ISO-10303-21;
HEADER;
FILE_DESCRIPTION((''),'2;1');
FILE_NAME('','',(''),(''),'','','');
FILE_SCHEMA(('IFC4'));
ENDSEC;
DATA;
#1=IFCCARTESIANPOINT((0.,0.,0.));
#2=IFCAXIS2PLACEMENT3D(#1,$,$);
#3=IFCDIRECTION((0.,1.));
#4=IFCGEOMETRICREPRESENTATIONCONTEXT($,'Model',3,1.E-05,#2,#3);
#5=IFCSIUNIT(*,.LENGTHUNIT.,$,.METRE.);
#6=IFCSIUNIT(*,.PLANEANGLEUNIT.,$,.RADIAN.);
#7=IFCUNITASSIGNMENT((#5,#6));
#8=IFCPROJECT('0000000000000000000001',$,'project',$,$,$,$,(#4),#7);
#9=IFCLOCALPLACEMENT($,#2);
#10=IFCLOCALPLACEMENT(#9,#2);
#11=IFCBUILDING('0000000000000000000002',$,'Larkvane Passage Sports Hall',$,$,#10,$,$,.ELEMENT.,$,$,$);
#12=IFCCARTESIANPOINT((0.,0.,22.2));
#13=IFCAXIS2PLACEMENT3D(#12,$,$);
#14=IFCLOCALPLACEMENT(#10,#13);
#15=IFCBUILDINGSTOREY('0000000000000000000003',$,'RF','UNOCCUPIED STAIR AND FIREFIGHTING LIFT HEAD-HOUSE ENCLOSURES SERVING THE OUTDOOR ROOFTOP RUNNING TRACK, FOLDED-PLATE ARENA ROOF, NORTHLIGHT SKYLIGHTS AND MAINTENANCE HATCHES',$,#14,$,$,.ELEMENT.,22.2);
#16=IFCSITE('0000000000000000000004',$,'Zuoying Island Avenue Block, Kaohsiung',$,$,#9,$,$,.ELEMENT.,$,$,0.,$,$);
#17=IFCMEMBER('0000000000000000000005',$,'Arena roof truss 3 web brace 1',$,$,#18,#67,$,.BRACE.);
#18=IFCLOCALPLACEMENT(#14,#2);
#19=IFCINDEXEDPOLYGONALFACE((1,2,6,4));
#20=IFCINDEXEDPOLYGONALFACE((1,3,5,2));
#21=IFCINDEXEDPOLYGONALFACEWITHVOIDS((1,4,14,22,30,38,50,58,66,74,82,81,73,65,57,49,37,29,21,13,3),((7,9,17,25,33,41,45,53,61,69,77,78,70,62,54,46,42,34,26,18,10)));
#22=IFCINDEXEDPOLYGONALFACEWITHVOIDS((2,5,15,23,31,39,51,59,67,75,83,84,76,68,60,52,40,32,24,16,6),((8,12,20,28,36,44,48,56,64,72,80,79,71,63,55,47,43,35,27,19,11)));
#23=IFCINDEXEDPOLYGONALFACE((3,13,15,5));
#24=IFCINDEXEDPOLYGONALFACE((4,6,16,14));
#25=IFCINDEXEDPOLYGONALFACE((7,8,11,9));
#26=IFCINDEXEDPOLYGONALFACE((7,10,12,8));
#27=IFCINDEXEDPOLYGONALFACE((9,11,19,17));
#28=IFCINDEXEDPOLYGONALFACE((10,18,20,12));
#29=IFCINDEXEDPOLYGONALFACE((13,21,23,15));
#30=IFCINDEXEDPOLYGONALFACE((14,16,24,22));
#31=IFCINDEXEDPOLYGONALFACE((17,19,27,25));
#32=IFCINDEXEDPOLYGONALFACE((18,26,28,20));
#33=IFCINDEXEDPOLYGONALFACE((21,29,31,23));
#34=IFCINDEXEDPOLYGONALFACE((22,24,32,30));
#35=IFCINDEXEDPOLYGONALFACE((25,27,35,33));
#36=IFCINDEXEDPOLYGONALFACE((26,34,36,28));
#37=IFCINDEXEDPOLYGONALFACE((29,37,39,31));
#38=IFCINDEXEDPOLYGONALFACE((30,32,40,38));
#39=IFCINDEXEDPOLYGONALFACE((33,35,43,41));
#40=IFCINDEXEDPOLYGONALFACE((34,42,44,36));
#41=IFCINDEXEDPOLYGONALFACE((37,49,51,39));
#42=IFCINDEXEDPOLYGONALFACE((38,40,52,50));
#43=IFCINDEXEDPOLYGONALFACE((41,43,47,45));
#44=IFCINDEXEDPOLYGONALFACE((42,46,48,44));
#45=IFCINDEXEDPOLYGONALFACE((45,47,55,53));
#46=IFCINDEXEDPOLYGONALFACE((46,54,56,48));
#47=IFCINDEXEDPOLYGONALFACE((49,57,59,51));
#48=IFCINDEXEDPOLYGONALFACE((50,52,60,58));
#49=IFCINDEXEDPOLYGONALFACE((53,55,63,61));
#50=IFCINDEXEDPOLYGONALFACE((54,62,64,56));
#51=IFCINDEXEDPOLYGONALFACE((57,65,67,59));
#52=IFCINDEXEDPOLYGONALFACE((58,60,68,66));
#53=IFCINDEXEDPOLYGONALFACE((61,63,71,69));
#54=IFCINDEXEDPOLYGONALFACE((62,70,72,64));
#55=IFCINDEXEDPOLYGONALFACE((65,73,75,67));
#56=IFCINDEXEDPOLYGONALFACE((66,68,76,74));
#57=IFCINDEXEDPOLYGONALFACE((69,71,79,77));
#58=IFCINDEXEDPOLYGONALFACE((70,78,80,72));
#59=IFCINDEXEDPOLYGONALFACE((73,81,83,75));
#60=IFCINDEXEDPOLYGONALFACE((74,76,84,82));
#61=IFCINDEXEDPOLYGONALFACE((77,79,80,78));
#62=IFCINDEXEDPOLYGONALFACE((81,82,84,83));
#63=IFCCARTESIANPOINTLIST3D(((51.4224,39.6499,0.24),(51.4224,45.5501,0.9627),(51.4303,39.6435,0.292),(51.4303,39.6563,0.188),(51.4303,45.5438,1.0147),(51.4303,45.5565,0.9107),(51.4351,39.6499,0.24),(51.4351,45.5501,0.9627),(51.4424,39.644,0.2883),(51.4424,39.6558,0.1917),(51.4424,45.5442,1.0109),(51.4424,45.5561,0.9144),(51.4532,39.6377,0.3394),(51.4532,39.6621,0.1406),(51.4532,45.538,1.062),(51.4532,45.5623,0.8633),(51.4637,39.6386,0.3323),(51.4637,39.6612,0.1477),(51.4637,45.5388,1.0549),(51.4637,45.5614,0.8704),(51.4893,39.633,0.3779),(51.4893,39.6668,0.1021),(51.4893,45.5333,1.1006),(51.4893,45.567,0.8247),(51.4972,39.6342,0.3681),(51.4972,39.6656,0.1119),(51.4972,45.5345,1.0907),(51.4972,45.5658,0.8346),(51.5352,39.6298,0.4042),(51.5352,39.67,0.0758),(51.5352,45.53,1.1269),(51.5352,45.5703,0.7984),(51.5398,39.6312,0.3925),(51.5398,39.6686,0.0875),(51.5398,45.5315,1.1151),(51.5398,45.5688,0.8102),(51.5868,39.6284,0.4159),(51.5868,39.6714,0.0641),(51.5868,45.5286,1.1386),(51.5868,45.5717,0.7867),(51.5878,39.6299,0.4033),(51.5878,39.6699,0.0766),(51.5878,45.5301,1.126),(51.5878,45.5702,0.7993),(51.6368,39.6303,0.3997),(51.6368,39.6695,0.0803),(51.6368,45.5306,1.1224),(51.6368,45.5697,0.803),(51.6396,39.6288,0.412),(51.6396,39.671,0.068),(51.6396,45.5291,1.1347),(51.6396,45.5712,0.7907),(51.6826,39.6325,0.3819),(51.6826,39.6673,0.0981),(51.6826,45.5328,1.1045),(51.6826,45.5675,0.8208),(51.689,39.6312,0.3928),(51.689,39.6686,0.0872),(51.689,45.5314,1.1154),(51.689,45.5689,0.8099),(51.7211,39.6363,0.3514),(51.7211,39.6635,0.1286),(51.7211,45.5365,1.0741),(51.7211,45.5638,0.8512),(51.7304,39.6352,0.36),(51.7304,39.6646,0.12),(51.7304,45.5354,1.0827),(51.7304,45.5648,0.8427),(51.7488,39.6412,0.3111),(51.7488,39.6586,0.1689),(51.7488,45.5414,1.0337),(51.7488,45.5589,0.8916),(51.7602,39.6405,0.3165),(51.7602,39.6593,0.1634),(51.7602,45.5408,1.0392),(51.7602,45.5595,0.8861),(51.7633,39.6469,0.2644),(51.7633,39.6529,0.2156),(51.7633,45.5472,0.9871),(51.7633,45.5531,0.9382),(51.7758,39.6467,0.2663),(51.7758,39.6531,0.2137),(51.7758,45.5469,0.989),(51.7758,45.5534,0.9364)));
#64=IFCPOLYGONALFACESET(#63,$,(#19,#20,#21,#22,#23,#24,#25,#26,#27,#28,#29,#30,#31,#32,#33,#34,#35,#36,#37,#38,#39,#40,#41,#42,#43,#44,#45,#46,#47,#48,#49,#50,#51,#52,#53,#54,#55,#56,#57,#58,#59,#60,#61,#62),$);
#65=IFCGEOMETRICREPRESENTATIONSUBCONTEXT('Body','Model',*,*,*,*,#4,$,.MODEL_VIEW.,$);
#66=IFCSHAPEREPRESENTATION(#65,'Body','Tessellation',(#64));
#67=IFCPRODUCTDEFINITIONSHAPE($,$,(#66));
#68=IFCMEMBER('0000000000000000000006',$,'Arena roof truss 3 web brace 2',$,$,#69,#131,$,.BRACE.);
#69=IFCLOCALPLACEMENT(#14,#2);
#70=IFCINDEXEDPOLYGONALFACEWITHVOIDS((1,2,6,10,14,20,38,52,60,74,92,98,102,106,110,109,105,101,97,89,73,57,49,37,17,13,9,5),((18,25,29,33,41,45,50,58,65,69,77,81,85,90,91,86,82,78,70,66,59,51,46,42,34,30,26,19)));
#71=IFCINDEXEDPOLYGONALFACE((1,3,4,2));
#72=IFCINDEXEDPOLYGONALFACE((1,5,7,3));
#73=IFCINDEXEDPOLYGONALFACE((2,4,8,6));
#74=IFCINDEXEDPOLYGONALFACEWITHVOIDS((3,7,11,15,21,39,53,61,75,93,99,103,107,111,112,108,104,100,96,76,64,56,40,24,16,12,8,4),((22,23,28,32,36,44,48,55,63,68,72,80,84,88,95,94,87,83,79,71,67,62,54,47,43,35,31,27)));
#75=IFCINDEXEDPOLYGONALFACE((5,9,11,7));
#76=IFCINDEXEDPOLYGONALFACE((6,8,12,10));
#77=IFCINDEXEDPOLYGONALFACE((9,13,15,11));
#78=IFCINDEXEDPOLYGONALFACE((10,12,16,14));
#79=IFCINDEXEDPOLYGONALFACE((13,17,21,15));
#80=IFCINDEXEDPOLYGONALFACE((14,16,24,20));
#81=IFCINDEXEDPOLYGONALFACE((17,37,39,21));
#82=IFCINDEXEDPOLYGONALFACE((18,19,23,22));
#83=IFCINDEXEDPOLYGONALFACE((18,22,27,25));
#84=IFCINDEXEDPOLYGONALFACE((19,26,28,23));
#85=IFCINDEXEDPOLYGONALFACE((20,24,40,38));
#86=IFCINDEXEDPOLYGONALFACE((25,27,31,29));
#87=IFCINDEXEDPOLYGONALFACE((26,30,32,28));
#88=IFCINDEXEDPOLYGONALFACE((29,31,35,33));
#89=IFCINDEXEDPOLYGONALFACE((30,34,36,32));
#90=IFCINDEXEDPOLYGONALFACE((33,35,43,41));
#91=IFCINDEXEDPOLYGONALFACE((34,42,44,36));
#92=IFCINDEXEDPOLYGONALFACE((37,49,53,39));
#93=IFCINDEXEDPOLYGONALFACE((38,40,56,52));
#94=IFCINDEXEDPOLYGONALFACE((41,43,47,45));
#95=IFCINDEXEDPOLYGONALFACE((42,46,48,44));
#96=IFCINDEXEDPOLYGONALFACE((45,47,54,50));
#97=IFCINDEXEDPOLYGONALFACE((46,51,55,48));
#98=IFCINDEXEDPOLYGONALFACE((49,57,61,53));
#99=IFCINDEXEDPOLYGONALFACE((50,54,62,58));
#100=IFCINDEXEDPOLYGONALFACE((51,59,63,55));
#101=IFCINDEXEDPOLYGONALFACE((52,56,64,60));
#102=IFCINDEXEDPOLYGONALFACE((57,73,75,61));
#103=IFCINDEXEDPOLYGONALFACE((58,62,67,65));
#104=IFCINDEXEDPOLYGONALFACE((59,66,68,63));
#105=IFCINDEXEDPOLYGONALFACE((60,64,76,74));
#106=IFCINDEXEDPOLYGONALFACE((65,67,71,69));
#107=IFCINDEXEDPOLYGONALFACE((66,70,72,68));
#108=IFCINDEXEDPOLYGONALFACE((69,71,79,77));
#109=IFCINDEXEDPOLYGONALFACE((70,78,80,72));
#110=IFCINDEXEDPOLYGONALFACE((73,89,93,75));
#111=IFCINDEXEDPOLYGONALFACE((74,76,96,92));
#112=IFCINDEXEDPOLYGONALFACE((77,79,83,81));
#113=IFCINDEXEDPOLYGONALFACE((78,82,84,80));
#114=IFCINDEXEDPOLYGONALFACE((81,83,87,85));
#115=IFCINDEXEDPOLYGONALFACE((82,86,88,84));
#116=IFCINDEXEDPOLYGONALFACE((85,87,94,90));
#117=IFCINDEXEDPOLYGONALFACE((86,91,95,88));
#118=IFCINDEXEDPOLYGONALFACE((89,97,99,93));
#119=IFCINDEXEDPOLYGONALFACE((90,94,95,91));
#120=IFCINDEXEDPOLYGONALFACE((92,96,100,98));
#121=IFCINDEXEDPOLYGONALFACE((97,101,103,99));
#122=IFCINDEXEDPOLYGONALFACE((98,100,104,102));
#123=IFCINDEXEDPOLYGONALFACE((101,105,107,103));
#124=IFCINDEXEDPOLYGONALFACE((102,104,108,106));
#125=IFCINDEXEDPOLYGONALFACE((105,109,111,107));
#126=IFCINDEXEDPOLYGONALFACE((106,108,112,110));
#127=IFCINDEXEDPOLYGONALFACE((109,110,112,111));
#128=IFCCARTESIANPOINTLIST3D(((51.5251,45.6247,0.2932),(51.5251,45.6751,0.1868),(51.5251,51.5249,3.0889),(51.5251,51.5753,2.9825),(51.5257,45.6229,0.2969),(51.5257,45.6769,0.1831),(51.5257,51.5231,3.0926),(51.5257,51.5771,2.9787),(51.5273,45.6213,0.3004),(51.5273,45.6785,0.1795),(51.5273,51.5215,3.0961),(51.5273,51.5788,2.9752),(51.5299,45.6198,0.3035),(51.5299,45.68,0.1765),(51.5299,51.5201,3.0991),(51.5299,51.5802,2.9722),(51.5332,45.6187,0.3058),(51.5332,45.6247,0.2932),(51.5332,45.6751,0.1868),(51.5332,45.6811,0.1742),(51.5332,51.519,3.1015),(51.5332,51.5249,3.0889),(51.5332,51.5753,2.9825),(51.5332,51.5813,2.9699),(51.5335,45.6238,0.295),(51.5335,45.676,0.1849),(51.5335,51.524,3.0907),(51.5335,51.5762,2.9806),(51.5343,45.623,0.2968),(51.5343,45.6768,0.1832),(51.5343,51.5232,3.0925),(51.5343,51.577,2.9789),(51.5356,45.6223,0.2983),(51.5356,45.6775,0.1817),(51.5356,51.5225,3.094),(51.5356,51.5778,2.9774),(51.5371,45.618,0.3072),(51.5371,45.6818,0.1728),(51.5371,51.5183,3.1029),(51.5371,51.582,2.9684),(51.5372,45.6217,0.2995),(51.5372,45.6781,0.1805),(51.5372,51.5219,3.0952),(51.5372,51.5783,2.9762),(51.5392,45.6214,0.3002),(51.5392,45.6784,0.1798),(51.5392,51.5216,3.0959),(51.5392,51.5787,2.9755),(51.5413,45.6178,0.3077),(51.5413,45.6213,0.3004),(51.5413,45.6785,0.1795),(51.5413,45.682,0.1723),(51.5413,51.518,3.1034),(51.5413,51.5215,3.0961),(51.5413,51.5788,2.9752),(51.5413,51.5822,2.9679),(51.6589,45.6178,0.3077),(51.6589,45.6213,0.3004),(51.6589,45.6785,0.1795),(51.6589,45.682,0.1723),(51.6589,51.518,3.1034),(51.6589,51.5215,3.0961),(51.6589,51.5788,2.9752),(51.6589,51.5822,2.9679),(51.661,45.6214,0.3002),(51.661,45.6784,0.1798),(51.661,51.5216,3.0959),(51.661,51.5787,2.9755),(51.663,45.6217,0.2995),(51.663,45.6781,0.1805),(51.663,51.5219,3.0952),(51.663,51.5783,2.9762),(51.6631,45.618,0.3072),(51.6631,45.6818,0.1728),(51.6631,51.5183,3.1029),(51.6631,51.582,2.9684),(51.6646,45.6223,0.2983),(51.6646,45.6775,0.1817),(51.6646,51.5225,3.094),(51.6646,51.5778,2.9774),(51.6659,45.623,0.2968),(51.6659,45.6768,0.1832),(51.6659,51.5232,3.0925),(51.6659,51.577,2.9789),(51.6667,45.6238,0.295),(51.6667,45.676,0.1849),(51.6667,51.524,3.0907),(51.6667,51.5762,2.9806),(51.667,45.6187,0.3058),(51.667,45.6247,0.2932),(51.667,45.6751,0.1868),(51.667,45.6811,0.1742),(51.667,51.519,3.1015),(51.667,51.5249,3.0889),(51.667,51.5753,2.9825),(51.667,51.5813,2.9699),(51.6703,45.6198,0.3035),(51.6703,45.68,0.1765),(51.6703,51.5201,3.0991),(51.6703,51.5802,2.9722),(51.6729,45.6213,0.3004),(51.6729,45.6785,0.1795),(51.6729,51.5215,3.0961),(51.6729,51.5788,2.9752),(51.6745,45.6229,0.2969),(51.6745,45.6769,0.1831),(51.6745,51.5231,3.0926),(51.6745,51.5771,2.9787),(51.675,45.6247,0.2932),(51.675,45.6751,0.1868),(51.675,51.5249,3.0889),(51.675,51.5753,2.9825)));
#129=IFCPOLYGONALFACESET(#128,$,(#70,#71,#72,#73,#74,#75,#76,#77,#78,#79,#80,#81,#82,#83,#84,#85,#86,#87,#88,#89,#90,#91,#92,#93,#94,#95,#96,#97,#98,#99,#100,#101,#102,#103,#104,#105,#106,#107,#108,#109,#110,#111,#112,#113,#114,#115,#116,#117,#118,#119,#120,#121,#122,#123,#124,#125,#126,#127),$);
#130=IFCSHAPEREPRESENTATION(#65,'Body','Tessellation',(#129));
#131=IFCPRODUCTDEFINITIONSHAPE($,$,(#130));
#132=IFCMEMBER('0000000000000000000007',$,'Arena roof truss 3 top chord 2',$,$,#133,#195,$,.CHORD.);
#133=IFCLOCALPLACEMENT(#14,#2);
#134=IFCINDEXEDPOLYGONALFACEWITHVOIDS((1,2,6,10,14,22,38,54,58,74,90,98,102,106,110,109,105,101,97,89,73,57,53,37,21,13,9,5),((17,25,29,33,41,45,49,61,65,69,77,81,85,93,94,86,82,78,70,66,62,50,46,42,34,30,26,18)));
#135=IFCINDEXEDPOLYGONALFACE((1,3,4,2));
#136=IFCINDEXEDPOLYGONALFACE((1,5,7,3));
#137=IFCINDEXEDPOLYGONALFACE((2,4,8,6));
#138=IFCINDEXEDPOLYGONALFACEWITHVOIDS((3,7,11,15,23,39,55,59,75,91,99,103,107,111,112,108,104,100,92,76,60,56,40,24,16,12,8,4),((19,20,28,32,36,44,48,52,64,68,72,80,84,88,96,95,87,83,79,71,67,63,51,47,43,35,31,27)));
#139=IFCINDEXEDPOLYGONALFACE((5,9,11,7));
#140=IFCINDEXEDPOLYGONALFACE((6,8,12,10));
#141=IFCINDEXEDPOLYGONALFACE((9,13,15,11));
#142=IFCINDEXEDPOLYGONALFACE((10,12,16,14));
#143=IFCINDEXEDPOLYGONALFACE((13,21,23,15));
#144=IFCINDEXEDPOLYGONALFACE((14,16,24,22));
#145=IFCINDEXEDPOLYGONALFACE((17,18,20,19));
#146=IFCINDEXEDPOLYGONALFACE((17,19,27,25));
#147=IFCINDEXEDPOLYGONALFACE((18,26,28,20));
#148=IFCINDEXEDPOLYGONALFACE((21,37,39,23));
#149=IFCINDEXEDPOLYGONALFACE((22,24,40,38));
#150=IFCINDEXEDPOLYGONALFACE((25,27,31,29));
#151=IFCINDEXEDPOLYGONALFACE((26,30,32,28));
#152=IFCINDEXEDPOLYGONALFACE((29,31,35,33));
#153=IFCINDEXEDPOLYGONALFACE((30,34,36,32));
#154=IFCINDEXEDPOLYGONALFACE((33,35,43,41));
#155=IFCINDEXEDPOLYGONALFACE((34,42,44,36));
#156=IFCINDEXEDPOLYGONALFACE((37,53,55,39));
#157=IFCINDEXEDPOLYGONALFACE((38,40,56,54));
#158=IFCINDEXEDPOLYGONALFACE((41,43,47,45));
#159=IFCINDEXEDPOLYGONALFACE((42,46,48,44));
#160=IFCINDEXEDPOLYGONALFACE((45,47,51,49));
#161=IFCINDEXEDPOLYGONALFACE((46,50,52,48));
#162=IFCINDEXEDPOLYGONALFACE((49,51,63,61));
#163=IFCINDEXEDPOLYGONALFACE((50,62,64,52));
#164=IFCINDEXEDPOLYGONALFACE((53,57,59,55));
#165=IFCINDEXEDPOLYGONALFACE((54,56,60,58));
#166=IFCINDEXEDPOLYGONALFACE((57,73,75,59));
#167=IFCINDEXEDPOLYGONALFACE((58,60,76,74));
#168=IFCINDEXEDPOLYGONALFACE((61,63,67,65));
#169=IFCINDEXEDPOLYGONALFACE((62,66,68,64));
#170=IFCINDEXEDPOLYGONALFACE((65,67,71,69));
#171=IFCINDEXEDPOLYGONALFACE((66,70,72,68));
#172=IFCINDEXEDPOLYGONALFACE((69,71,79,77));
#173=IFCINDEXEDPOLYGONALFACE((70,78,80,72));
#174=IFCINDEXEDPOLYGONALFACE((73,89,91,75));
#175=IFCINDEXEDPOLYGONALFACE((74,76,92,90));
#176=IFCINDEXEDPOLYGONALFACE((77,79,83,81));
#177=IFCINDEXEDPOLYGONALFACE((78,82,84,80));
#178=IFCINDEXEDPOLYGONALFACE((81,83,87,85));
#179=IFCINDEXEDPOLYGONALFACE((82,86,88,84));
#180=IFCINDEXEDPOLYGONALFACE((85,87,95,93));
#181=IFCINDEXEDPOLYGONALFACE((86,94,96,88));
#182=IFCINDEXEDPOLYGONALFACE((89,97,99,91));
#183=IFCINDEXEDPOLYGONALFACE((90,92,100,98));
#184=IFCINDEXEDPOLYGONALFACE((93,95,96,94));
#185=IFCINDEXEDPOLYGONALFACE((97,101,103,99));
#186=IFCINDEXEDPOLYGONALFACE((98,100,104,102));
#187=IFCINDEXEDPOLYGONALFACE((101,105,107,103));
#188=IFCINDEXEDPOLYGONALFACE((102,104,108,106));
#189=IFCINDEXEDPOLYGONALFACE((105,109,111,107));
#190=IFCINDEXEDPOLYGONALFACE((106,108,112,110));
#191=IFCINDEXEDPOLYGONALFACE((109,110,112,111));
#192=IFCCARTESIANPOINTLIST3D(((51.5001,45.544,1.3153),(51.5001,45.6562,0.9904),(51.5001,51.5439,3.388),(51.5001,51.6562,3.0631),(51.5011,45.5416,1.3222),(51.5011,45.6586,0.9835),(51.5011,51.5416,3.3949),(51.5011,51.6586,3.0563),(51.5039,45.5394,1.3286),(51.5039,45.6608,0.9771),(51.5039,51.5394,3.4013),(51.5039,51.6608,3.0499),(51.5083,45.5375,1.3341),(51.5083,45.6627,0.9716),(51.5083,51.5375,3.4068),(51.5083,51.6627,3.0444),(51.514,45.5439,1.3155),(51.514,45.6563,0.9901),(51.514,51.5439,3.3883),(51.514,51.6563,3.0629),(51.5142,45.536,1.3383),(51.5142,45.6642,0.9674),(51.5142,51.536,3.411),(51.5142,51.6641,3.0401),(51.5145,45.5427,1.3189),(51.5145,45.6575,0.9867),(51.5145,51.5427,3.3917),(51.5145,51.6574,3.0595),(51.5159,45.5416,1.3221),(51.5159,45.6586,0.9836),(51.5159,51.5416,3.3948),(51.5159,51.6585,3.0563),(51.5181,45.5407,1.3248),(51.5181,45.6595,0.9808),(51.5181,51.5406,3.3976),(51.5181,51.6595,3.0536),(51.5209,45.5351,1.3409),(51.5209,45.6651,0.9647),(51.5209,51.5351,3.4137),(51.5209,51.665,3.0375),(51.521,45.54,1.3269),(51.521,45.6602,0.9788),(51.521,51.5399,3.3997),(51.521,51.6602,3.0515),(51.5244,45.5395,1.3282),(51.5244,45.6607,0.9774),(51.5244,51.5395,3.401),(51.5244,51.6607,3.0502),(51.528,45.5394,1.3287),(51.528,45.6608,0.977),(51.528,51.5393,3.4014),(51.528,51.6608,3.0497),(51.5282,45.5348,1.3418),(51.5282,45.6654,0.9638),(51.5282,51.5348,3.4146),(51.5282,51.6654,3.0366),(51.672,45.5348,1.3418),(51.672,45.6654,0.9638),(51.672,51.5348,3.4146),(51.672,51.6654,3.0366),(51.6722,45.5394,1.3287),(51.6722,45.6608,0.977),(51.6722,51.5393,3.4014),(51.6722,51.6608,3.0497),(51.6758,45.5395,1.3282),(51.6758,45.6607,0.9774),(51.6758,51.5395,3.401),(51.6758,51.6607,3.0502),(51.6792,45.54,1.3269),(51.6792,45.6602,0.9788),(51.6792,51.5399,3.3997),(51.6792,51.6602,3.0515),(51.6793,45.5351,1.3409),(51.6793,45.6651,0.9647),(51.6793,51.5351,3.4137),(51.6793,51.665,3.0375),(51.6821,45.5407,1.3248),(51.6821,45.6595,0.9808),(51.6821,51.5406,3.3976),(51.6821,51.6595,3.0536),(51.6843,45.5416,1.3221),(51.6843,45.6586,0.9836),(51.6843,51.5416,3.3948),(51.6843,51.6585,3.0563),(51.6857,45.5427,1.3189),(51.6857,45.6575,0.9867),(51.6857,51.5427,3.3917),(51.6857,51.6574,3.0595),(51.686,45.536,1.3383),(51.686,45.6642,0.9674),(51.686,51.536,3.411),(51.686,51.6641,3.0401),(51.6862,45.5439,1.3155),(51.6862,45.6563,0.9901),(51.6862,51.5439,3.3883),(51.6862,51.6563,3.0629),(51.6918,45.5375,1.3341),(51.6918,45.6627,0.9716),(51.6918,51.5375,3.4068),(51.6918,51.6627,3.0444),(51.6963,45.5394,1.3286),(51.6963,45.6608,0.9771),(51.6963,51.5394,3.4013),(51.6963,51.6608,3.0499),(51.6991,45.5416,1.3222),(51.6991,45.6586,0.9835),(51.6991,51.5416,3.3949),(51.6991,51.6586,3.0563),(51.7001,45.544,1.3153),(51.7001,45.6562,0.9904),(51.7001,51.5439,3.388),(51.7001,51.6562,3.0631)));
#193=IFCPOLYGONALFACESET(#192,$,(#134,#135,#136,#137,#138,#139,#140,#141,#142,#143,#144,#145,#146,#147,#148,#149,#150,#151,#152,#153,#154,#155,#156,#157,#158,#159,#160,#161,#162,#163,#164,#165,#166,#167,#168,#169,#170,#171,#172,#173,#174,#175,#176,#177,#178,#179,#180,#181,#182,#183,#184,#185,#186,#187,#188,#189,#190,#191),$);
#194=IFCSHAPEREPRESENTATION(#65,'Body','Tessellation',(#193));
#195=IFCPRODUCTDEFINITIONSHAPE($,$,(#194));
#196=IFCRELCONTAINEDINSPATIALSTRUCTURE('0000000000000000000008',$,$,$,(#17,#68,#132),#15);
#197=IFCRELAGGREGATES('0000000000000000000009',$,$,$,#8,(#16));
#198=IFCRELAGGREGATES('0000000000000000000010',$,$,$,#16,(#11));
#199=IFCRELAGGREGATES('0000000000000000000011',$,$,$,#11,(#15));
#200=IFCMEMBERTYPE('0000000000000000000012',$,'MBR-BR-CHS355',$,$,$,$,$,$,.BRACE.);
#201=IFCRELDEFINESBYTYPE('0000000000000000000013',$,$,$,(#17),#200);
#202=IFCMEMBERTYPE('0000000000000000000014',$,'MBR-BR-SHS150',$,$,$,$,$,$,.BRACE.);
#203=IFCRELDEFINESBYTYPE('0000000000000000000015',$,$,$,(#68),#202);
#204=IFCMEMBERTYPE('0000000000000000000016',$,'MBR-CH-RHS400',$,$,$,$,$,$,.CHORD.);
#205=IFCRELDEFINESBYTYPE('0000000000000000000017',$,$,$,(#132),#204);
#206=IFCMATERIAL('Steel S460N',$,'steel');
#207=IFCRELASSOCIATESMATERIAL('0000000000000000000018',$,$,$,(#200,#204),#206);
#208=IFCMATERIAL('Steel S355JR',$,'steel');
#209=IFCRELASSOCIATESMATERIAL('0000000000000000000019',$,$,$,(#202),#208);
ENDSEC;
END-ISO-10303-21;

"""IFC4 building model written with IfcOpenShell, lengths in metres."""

from ifc_helpers import new_model, si_unit, direction, frame, origin, origin_2d, place, context, subcontext, project, spatial, hollow_rectangle, hollow_circle, extrude, material, material_profile, profile_set, type_object, element, save


model = new_model("IFC4")

# Units and contexts
model_context = context("Model", 3, precision=1e-05, world=origin(), true_north=direction((0.0, 1.0)))
body_context = subcontext(model_context, "Body", "Model", "MODEL_VIEW")
ifc_project = project(units=[si_unit("LENGTHUNIT", "METRE"), si_unit("PLANEANGLEUNIT", "RADIAN")], contexts=[model_context])

# Site, building, storey
site_placement = place(None, origin())
site = spatial("IfcSite", under=ifc_project, at=site_placement, Name="Zuoying Island Avenue Block, Kaohsiung", CompositionType="ELEMENT", RefElevation=0.0)
building_placement = place(site_placement, origin())
building = spatial("IfcBuilding", under=site, at=building_placement, Name="Larkvane Passage Sports Hall", CompositionType="ELEMENT")
storey_placement = place(building_placement, frame((0.0, 0.0, 22.2)))
storey = spatial("IfcBuildingStorey", under=building, at=storey_placement, Name="RF", Description="UNOCCUPIED STAIR AND FIREFIGHTING LIFT HEAD-HOUSE ENCLOSURES SERVING THE OUTDOOR ROOFTOP RUNNING TRACK, FOLDED-PLATE ARENA ROOF, NORTHLIGHT SKYLIGHTS AND MAINTENANCE HATCHES", CompositionType="ELEMENT", Elevation=22.2)

# Members
ifc_material_1 = material(Name="Steel S460N", Category="steel")
ifc_material_profile_1 = material_profile(ifc_material_1, hollow_circle(Radius=0.1777, WallThickness=0.0127, at=origin_2d()), Name="CHS-355.6x12.7")
ifc_profile_set_1 = profile_set([ifc_material_profile_1], Name="Steel S460N")
member_type_1 = type_object("IfcMemberType", Name="MBR-BR-CHS355", PredefinedType="BRACE", material=ifc_profile_set_1)
member_1_placement = place(storey_placement, frame((51.6001, 39.6499, 0.24), z_axis=(0.0, 0.992583, 0.121573), x_axis=(-1.0, 0.0, 0.0)))
element("IfcMember", 1, at=member_1_placement, inside=storey, type_object=member_type_1, Name="Arena roof truss 3 web brace 1", PredefinedType="BRACE", context=body_context, shape_type="SweptSolid", body=[
    extrude(hollow_circle(Radius=0.1777, WallThickness=0.0127, at=origin_2d()), origin(), (0.0, 0.0, 1.0), 5.9443),
])
ifc_material_2 = material(Name="Steel S355JR", Category="steel")
ifc_material_profile_2 = material_profile(ifc_material_2, hollow_rectangle(XDim=0.1499, YDim=0.1499, WallThickness=0.0081, InnerFilletRadius=0.0081, OuterFilletRadius=0.0161, at=origin_2d()), Name="SHS-150x150x8")
ifc_profile_set_2 = profile_set([ifc_material_profile_2], Name="Steel S355JR")
member_type_2 = type_object("IfcMemberType", Name="MBR-BR-SHS150", PredefinedType="BRACE", material=ifc_profile_set_2)
member_2_placement = place(storey_placement, frame((51.6001, 45.6499, 0.24), z_axis=(0.0, 0.903688, 0.428192), x_axis=(-1.0, 0.0, 0.0)))
element("IfcMember", 2, at=member_2_placement, inside=storey, type_object=member_type_2, Name="Arena roof truss 3 web brace 2", PredefinedType="BRACE", context=body_context, shape_type="SweptSolid", body=[
    extrude(hollow_rectangle(XDim=0.1499, YDim=0.1499, WallThickness=0.0081, InnerFilletRadius=0.0081, OuterFilletRadius=0.0161, at=origin_2d()), origin(), (0.0, 0.0, 1.0), 6.5291),
])
ifc_material_profile_3 = material_profile(ifc_material_1, hollow_rectangle(XDim=0.2, YDim=0.3999, WallThickness=0.0139, InnerFilletRadius=0.0139, OuterFilletRadius=0.0281, at=origin_2d()), Name="RHS-400x200x14")
ifc_profile_set_3 = profile_set([ifc_material_profile_3], Name="Steel S460N")
member_type_3 = type_object("IfcMemberType", Name="MBR-CH-RHS400", PredefinedType="CHORD", material=ifc_profile_set_3)
member_3_placement = place(storey_placement, frame((51.6001, 45.6001, 1.1528), z_axis=(0.0, 0.945189, 0.326524), x_axis=(-1.0, 0.0, 0.0)))
element("IfcMember", 3, at=member_3_placement, inside=storey, type_object=member_type_3, Name="Arena roof truss 3 top chord 2", PredefinedType="CHORD", context=body_context, shape_type="SweptSolid", body=[
    extrude(hollow_rectangle(XDim=0.2, YDim=0.3999, WallThickness=0.0139, InnerFilletRadius=0.0139, OuterFilletRadius=0.0281, at=origin_2d()), origin(), (0.0, 0.0, 1.0), 6.3479),
])

save(model, "model.ifc")
